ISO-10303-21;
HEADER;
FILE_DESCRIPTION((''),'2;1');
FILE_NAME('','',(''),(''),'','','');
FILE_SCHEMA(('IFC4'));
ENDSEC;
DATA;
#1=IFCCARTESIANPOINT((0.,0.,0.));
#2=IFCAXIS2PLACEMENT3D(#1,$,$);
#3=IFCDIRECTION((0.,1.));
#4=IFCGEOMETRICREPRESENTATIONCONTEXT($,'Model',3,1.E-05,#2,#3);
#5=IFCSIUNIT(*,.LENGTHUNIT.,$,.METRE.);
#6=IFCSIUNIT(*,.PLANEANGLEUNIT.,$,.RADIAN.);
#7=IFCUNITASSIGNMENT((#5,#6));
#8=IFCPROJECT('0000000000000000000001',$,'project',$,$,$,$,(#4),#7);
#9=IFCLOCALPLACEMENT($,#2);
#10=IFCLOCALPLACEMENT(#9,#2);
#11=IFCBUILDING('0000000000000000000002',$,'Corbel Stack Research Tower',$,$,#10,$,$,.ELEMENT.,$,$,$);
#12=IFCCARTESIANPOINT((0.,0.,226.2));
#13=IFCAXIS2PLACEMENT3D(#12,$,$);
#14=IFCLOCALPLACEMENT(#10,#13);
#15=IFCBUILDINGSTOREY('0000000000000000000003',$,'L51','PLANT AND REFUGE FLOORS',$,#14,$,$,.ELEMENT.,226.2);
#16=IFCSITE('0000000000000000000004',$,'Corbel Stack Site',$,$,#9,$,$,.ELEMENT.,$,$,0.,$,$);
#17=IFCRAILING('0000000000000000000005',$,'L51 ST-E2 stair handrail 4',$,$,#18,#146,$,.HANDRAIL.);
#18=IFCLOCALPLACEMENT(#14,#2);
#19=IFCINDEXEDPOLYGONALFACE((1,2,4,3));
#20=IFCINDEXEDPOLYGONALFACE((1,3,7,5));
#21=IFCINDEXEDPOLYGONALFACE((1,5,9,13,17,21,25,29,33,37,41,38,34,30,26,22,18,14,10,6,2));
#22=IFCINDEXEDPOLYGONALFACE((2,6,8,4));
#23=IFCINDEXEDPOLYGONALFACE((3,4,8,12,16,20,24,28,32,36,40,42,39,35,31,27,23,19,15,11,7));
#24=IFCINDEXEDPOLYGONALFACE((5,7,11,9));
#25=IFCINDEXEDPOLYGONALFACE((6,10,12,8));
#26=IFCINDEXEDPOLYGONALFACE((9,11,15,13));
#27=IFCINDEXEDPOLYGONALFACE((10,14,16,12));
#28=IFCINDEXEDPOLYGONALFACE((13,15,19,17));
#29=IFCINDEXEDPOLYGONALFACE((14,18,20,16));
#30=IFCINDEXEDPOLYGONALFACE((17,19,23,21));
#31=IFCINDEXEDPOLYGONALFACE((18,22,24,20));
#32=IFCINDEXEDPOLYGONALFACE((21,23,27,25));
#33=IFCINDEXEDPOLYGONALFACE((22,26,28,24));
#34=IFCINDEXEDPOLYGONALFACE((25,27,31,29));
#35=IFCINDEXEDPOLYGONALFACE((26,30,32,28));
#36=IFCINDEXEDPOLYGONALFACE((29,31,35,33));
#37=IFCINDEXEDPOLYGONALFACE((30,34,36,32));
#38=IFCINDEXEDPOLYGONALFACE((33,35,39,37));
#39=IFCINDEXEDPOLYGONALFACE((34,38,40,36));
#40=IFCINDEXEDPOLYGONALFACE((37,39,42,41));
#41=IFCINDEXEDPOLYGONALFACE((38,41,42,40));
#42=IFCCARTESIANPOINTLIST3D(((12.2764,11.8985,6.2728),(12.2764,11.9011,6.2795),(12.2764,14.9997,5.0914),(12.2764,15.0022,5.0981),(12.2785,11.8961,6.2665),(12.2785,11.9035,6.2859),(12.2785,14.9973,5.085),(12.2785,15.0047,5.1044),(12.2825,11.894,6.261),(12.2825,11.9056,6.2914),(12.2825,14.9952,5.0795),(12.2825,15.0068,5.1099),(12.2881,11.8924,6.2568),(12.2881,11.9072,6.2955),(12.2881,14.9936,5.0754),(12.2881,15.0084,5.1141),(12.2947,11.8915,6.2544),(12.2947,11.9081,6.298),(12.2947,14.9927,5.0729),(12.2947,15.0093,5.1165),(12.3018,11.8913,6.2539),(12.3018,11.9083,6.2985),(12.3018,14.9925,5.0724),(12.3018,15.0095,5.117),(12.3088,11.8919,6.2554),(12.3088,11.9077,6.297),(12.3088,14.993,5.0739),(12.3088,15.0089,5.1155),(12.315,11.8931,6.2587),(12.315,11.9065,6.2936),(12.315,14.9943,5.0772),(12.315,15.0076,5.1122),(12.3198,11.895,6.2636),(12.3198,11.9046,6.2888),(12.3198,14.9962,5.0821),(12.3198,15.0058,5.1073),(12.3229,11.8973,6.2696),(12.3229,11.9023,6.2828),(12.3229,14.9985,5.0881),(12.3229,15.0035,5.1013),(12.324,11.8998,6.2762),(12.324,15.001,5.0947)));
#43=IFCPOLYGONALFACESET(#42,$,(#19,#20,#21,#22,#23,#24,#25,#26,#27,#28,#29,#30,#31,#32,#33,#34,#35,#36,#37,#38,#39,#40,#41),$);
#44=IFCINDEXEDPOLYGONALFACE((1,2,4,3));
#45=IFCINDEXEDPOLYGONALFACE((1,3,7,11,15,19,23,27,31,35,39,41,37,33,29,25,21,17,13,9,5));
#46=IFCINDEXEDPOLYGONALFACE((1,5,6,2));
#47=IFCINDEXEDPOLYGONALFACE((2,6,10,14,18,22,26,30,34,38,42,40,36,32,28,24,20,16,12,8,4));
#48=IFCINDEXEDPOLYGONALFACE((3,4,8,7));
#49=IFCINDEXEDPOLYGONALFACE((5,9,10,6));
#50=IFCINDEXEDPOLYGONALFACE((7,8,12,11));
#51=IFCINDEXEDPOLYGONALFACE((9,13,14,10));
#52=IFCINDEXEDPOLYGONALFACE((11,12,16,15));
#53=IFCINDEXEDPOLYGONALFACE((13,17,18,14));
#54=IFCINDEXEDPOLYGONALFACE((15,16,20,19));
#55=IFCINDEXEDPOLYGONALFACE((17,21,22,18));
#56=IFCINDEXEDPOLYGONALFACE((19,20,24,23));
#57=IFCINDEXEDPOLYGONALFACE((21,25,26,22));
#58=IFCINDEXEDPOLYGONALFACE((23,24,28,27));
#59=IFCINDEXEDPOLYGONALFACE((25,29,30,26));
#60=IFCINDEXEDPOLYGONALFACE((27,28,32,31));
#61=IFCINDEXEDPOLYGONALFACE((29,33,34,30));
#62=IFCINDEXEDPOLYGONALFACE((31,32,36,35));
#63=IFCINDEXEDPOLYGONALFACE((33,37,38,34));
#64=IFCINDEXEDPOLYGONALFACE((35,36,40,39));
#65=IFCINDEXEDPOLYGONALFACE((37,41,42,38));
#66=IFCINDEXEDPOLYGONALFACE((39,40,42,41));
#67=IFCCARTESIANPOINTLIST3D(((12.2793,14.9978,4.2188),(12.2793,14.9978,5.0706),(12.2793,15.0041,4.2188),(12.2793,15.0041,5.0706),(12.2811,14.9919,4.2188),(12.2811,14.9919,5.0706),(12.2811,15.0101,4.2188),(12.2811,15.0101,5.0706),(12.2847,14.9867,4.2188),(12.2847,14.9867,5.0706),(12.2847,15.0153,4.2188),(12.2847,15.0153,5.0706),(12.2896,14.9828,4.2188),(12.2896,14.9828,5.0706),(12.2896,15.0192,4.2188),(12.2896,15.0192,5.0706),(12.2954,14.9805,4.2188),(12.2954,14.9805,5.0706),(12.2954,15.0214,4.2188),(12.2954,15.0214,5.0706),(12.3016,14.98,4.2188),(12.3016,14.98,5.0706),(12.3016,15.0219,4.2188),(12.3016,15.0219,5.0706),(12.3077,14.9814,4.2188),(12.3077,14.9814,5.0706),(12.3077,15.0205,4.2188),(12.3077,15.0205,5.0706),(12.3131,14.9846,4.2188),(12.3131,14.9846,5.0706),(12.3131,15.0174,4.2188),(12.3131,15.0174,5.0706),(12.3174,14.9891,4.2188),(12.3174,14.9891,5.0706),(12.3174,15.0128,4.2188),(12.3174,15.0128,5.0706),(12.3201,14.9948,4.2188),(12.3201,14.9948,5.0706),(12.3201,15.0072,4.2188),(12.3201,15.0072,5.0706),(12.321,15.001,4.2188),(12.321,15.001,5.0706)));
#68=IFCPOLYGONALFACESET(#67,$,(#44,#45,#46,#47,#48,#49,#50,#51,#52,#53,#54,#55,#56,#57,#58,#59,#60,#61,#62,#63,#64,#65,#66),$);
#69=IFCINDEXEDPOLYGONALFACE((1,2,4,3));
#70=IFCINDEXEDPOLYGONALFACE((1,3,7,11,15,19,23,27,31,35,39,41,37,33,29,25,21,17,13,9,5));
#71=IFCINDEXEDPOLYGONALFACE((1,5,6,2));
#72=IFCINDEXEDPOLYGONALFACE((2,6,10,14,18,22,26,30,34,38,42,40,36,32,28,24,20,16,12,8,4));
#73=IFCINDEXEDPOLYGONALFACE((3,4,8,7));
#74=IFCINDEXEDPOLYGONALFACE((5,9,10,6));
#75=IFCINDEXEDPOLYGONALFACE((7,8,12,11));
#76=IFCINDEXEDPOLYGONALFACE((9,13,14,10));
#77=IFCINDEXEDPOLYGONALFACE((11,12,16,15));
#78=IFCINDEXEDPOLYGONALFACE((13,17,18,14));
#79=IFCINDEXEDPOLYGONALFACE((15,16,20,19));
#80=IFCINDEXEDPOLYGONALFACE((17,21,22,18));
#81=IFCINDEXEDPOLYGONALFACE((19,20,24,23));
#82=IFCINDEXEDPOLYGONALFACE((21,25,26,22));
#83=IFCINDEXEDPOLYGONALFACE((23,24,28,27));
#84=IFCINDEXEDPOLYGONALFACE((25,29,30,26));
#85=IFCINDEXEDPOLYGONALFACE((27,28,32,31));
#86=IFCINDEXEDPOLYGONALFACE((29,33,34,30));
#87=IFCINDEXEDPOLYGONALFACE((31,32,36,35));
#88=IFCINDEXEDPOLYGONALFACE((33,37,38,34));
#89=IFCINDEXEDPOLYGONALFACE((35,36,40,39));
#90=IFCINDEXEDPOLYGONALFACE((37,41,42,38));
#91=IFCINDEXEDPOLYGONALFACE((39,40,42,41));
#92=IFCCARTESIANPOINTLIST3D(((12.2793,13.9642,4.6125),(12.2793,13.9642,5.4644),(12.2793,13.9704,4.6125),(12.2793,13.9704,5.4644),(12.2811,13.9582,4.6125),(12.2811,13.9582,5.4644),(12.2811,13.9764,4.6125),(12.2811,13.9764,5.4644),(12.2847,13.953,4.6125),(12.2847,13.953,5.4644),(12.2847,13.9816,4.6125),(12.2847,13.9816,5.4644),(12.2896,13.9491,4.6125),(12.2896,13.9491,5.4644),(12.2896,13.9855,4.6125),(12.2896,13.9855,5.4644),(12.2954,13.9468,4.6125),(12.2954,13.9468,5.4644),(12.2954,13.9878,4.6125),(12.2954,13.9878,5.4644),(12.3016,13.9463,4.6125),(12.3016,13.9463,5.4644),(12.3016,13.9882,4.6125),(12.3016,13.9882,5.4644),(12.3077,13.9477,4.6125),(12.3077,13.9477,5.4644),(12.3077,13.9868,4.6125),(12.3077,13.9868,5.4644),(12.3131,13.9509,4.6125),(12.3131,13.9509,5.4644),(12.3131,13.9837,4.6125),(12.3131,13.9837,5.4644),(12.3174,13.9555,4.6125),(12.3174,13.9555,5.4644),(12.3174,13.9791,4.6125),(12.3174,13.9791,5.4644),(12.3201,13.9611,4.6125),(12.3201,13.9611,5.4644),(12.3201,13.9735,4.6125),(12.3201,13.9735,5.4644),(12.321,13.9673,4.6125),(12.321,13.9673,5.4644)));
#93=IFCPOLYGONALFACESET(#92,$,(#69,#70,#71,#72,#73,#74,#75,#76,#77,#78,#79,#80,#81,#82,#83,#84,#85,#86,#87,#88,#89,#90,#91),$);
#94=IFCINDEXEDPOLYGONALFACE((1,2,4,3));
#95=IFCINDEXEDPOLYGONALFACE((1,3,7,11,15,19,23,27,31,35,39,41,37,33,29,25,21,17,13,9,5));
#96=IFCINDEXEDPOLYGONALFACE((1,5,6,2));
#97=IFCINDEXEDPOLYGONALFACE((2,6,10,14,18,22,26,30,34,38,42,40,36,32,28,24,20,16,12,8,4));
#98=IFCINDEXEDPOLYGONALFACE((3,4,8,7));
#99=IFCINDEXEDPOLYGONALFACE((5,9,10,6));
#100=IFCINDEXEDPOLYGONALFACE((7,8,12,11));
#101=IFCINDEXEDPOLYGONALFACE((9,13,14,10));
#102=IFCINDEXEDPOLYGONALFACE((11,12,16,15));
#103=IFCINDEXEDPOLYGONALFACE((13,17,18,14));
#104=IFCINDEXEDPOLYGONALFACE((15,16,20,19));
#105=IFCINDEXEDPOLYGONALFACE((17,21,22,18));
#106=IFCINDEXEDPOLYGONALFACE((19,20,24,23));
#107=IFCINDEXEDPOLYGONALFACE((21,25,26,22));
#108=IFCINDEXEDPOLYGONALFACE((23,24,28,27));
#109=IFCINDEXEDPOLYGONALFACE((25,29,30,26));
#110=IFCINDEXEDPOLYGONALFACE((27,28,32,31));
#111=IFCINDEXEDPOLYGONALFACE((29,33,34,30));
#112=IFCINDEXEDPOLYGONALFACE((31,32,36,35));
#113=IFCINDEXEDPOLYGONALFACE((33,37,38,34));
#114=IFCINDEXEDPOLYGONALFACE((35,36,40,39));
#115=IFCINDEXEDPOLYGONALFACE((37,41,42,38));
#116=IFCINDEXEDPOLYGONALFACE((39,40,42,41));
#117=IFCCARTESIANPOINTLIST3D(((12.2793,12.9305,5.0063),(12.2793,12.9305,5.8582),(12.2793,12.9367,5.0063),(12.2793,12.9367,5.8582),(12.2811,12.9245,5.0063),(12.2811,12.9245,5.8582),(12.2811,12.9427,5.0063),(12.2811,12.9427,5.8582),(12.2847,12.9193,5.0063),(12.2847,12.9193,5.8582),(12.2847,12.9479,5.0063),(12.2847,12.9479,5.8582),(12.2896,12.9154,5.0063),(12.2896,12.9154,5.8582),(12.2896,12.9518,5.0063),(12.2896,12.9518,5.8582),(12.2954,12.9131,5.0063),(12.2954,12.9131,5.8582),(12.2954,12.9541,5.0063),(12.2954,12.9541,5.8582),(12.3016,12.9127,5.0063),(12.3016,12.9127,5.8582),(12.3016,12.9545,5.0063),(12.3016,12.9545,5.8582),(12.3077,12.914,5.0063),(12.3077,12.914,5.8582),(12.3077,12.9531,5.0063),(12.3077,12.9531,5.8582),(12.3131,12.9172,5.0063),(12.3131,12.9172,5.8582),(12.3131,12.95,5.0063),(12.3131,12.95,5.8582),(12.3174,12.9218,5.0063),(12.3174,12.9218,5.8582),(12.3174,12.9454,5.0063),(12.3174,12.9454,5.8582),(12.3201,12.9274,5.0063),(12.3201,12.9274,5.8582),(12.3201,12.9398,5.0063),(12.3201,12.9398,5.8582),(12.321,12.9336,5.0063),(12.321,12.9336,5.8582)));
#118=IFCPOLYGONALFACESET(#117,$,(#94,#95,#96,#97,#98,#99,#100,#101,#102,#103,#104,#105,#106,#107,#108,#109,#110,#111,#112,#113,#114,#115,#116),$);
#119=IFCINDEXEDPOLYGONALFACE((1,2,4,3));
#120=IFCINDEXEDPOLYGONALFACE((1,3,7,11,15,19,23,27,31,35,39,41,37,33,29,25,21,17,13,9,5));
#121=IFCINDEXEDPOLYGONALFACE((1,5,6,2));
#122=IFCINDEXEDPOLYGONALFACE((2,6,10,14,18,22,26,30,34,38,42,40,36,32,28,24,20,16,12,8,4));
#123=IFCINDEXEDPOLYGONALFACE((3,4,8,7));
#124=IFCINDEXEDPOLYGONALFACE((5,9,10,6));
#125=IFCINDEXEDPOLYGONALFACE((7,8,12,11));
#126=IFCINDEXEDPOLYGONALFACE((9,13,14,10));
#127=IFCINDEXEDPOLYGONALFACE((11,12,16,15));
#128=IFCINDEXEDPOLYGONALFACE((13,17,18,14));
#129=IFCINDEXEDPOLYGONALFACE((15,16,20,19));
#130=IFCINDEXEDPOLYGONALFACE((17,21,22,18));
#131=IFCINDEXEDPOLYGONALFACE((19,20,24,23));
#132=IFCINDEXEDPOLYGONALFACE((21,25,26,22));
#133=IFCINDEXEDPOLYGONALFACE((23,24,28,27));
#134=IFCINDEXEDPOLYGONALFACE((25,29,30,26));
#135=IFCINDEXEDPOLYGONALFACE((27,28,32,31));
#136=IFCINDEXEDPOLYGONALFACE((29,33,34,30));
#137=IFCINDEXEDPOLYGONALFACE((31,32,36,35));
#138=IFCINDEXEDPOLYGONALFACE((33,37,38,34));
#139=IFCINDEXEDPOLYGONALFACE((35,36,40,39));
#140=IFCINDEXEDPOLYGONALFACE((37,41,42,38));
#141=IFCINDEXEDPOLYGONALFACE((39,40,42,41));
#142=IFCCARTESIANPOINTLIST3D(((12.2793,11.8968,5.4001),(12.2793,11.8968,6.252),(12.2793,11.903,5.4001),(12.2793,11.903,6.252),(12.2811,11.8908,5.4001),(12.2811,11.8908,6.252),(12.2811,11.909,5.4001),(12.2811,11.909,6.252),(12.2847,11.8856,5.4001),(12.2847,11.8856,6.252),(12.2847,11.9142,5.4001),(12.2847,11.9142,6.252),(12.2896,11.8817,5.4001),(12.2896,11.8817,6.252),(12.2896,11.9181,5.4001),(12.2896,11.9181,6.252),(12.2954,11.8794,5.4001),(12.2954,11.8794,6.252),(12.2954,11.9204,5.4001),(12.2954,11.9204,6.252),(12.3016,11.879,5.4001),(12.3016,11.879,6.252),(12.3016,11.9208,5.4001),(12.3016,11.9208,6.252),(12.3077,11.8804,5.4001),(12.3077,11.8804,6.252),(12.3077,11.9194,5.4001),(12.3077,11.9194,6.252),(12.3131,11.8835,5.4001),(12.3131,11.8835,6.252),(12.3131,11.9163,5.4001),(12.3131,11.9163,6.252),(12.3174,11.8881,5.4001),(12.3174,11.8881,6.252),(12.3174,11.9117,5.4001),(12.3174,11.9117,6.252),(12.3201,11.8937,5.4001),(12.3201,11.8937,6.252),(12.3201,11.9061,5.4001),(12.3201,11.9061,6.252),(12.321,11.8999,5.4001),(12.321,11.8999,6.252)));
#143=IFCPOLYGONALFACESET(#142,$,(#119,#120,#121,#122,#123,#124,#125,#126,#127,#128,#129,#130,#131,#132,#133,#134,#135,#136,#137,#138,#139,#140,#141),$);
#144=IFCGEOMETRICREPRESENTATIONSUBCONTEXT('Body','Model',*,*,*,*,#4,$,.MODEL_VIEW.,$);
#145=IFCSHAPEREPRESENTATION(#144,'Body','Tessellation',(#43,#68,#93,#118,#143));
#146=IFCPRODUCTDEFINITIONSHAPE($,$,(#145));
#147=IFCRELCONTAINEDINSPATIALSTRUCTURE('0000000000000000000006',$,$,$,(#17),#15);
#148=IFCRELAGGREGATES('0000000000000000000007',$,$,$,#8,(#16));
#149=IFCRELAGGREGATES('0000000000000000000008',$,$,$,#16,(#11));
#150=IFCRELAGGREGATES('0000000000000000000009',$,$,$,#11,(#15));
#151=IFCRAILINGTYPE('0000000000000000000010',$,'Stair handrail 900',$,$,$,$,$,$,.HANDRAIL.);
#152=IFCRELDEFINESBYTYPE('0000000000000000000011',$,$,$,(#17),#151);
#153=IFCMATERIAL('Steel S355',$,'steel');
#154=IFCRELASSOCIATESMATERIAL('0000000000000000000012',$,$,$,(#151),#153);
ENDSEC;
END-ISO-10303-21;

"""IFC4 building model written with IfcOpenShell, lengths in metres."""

from ifc_helpers import new_model, si_unit, direction, frame, origin, origin_2d, place, context, subcontext, project, spatial, circle, extrude, material, type_object, element, save


model = new_model("IFC4")

# Units and contexts
model_context = context("Model", 3, precision=1e-05, world=origin(), true_north=direction((0.0, 1.0)))
body_context = subcontext(model_context, "Body", "Model", "MODEL_VIEW")
ifc_project = project(units=[si_unit("LENGTHUNIT", "METRE"), si_unit("PLANEANGLEUNIT", "RADIAN")], contexts=[model_context])

# Site, building, storey
site_placement = place(None, origin())
site = spatial("IfcSite", under=ifc_project, at=site_placement, Name="Corbel Stack Site", CompositionType="ELEMENT", RefElevation=0.0)
building_placement = place(site_placement, origin())
building = spatial("IfcBuilding", under=site, at=building_placement, Name="Corbel Stack Research Tower", CompositionType="ELEMENT")
storey_placement = place(building_placement, frame((0.0, 0.0, 226.2)))
storey = spatial("IfcBuildingStorey", under=building, at=storey_placement, Name="L51", Description="PLANT AND REFUGE FLOORS", CompositionType="ELEMENT", Elevation=226.2)

# Railing
ifc_material_1 = material(Name="Steel S355", Category="steel")
railing_type_1 = type_object("IfcRailingType", Name="Stair handrail 900", PredefinedType="HANDRAIL", material=ifc_material_1)
railing_1_placement = place(storey_placement, frame((12.3, 15.001, 4.2188)))
element("IfcRailing", 1, at=railing_1_placement, inside=storey, type_object=railing_type_1, Name="L51 ST-E2 stair handrail 4", PredefinedType="HANDRAIL", context=body_context, shape_type="SweptSolid", body=[
    extrude(circle(Radius=0.0239, at=origin_2d()), frame((0.0, 0.0, 0.876), z_axis=(0.0, -0.934484, 0.356005), x_axis=(1.0, 0.0, 0.0)), (0.0, 0.0, 1.0), 3.3186),
    extrude(circle(Radius=0.021, at=origin_2d()), origin(), (0.0, 0.0, 1.0), 0.8518),
    extrude(circle(Radius=0.021, at=origin_2d()), frame((0.0, -1.0337, 0.3938)), (0.0, 0.0, 1.0), 0.8518),
    extrude(circle(Radius=0.021, at=origin_2d()), frame((0.0, -2.0674, 0.7876)), (0.0, 0.0, 1.0), 0.8518),
    extrude(circle(Radius=0.021, at=origin_2d()), frame((0.0, -3.1011, 1.1814)), (0.0, 0.0, 1.0), 0.8518),
])

save(model, "model.ifc")
